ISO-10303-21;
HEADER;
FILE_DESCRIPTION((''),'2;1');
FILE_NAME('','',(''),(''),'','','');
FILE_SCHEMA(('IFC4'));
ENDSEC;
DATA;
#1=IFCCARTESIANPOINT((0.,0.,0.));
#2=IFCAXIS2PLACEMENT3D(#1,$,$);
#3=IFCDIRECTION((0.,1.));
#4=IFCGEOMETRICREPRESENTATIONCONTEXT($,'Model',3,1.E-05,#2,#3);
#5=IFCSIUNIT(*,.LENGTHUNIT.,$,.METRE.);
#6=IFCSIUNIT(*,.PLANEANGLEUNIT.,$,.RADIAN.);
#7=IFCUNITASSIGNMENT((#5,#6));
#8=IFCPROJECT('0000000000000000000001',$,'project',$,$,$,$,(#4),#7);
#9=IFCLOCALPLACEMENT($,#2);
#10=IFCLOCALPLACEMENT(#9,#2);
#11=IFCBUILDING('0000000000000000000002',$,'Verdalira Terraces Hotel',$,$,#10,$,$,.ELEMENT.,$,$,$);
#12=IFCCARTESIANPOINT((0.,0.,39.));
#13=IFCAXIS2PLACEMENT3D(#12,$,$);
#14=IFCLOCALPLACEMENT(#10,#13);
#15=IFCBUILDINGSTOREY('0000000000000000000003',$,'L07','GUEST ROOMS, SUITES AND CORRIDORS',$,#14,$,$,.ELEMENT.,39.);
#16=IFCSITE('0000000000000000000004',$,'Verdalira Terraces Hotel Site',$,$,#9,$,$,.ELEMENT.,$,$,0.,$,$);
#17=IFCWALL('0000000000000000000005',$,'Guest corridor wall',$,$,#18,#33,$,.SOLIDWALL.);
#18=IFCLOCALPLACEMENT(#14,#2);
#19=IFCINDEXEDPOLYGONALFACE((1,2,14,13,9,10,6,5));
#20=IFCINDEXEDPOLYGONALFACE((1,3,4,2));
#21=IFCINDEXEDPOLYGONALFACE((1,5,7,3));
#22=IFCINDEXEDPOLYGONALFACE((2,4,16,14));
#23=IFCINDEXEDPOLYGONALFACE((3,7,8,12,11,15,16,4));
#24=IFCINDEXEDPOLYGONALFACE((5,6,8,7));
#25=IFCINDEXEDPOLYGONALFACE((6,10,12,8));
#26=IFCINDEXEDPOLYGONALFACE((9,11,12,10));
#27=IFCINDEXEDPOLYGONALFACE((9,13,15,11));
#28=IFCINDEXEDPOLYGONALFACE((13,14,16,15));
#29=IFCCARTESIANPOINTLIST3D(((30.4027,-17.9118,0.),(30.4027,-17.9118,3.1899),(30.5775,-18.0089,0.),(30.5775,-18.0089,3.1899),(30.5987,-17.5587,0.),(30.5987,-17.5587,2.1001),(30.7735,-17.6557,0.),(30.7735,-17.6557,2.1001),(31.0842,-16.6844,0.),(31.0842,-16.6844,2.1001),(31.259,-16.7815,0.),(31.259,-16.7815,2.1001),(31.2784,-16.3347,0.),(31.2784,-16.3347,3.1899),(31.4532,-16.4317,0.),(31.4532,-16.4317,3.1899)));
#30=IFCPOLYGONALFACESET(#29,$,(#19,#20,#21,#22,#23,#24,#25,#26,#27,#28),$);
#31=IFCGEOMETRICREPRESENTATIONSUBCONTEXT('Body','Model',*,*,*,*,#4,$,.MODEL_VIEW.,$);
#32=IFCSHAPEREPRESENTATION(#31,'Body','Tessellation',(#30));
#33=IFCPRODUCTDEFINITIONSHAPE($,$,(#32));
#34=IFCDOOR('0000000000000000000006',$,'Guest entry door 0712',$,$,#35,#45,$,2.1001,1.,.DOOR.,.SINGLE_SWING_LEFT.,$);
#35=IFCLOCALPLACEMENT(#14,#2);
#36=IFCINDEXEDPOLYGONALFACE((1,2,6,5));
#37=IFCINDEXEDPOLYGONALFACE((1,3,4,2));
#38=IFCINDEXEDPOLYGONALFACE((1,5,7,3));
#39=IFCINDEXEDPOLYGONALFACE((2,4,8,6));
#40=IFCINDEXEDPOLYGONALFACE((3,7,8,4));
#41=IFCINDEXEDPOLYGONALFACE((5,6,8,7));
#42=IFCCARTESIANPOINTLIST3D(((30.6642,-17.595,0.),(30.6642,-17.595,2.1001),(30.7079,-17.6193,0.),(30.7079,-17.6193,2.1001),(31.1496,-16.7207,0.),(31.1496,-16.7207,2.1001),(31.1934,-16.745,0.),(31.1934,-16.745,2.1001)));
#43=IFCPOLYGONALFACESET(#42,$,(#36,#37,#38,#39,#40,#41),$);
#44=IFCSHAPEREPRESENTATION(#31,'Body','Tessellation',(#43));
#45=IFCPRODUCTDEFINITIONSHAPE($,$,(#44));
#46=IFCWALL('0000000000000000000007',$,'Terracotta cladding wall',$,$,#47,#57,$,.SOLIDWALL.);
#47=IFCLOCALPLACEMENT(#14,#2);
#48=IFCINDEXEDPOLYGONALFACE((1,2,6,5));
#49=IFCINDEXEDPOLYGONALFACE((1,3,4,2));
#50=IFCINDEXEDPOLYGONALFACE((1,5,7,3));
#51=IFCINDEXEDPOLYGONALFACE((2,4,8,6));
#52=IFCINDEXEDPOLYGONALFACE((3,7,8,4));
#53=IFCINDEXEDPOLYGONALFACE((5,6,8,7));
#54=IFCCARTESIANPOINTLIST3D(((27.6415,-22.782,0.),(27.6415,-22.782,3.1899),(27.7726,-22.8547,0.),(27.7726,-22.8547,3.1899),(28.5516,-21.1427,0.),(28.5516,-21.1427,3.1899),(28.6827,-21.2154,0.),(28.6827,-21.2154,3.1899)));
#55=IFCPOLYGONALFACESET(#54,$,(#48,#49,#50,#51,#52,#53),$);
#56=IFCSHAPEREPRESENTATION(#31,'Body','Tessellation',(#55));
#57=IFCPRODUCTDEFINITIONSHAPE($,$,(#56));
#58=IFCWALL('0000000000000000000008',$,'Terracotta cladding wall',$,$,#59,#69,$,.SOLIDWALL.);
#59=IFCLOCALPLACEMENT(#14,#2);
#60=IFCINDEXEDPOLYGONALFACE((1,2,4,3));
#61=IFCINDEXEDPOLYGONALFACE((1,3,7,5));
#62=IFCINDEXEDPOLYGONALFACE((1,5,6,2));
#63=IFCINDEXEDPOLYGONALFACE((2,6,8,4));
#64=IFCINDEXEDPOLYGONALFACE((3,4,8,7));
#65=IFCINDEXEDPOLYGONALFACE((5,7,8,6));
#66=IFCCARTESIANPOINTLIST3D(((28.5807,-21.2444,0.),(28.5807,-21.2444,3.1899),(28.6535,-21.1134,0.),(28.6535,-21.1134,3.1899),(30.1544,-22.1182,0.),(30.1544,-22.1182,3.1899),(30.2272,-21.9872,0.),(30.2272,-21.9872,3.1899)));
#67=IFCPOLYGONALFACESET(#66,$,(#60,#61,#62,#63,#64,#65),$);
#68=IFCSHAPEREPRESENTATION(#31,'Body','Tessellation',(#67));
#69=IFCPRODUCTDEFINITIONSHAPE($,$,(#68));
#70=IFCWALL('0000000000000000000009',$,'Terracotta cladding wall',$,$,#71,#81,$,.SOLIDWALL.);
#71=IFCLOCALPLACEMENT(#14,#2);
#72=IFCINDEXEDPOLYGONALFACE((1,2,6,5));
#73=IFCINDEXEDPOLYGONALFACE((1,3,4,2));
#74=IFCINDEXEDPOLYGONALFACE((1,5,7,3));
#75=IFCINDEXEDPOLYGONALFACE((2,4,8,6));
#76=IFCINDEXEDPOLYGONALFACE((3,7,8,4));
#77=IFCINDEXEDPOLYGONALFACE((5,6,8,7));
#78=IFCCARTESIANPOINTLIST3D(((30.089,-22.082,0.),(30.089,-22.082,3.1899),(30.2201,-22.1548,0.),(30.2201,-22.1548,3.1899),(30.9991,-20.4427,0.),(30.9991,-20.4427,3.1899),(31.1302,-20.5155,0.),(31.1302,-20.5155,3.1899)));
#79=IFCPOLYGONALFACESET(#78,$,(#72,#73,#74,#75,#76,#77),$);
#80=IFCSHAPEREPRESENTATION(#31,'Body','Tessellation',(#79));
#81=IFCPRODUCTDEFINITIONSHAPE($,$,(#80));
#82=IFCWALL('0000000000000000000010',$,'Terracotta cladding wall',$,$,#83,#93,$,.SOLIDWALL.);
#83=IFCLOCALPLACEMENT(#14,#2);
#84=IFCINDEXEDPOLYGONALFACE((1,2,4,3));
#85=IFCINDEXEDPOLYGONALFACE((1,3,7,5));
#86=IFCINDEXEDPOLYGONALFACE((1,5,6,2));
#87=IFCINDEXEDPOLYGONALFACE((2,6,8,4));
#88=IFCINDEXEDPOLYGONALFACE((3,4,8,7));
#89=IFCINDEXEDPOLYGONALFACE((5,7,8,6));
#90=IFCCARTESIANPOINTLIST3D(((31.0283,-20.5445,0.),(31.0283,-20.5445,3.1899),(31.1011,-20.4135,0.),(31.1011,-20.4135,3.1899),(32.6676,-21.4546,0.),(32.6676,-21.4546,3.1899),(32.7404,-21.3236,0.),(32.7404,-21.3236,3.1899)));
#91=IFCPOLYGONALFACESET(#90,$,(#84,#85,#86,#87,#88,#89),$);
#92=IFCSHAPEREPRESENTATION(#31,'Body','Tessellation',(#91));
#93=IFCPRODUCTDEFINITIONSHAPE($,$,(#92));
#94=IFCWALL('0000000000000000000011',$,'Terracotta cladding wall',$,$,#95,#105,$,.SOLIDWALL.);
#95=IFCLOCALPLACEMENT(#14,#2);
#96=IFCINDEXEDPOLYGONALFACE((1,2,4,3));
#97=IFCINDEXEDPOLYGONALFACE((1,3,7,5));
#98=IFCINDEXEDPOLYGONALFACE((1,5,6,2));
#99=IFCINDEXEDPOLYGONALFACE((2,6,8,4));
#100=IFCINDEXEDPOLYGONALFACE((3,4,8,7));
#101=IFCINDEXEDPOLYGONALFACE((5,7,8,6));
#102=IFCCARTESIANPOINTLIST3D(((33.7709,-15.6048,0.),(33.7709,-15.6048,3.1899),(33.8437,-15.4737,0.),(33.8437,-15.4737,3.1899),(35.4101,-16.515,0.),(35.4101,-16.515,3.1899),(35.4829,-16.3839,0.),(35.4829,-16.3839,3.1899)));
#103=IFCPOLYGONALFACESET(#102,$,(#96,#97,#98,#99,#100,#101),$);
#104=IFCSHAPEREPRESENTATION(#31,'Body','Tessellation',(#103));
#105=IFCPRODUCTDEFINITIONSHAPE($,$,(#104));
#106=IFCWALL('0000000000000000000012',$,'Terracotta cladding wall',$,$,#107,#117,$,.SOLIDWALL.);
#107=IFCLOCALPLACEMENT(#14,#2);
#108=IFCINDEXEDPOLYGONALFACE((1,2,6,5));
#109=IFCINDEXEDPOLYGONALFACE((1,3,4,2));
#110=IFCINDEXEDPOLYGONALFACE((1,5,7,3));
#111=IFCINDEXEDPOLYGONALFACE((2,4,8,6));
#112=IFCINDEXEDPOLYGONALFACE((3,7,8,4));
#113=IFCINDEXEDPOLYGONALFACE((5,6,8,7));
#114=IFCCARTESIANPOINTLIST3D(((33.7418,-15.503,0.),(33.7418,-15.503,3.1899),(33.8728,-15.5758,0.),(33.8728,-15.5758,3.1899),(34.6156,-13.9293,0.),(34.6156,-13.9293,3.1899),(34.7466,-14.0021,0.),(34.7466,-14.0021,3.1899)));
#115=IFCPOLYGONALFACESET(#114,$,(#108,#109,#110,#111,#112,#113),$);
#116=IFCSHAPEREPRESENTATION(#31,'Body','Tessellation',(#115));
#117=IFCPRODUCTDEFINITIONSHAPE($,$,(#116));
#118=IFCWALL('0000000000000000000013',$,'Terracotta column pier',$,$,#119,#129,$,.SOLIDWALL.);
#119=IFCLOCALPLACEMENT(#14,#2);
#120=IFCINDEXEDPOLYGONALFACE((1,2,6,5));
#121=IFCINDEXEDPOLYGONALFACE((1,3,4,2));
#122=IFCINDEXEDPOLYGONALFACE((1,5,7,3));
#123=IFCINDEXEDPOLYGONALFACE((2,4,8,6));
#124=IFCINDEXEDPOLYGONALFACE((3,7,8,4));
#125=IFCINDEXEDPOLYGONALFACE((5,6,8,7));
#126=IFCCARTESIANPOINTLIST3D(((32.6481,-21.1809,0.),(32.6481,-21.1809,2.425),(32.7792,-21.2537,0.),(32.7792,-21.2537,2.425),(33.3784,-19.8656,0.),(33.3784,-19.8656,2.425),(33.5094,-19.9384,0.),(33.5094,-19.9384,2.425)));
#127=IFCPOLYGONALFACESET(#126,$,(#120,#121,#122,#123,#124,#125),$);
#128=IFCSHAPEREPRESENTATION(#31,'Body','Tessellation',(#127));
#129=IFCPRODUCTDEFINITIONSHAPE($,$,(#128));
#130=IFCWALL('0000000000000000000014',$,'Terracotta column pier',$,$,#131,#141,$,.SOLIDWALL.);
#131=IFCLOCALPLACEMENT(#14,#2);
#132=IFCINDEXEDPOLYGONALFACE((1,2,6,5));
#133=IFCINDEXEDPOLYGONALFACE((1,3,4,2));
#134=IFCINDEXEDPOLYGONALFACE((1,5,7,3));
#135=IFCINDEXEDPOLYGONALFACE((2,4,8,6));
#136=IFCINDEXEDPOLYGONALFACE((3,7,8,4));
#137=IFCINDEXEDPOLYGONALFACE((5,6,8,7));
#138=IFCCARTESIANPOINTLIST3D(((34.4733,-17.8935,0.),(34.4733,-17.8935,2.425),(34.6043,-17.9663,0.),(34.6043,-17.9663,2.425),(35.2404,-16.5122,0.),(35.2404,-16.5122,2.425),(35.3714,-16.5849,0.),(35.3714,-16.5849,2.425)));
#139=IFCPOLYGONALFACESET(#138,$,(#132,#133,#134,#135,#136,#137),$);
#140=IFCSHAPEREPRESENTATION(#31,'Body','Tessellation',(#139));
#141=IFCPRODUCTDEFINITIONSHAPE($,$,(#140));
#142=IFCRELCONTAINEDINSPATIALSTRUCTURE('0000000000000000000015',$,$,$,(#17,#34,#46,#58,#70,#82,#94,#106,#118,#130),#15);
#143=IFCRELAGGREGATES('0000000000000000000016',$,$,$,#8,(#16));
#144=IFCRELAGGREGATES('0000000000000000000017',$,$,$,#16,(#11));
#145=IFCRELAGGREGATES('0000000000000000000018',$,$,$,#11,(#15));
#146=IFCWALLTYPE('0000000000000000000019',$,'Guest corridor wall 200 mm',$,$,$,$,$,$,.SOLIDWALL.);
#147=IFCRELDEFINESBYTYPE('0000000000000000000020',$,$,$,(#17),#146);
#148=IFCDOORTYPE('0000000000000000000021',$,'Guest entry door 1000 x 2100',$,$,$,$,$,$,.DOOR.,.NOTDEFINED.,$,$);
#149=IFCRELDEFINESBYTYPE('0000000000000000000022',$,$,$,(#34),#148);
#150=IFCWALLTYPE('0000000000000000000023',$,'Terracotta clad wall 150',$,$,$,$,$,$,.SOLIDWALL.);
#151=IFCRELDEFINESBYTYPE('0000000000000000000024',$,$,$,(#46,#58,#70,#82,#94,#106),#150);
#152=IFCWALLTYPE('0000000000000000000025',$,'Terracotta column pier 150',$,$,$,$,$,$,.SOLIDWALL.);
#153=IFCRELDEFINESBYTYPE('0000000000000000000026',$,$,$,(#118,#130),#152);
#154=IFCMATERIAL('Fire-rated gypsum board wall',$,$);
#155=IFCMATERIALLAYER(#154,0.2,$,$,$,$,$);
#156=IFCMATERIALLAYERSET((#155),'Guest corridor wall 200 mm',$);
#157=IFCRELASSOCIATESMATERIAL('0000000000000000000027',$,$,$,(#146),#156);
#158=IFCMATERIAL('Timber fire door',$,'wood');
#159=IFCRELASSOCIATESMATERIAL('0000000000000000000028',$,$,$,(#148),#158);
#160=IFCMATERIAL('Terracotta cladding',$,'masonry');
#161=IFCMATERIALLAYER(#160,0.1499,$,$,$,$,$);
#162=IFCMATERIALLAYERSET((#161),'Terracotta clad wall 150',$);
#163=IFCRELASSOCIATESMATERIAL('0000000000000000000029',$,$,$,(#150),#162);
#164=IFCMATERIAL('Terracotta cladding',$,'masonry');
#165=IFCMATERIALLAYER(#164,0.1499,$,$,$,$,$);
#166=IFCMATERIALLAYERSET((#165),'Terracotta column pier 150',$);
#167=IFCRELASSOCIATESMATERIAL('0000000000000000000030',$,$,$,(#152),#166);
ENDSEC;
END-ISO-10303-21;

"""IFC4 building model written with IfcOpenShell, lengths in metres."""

from ifc_helpers import new_model, si_unit, direction, frame, frame_2d, origin, place, context, subcontext, project, spatial, rectangle, extrude, material, layer, layer_set, type_object, element, fill, save


model = new_model("IFC4")

# Units and contexts
model_context = context("Model", 3, precision=1e-05, world=origin(), true_north=direction((0.0, 1.0)))
body_context = subcontext(model_context, "Body", "Model", "MODEL_VIEW")
ifc_project = project(units=[si_unit("LENGTHUNIT", "METRE"), si_unit("PLANEANGLEUNIT", "RADIAN")], contexts=[model_context])

# Site, building, storey
site_placement = place(None, origin())
site = spatial("IfcSite", under=ifc_project, at=site_placement, Name="Verdalira Terraces Hotel Site", CompositionType="ELEMENT", RefElevation=0.0)
building_placement = place(site_placement, origin())
building = spatial("IfcBuilding", under=site, at=building_placement, Name="Verdalira Terraces Hotel", CompositionType="ELEMENT")
storey_placement = place(building_placement, frame((0.0, 0.0, 39.0)))
storey = spatial("IfcBuildingStorey", under=building, at=storey_placement, Name="L07", Description="GUEST ROOMS, SUITES AND CORRIDORS", CompositionType="ELEMENT", Elevation=39.0)

# Wall, opening, door
ifc_material_1 = material(Name="Fire-rated gypsum board wall")
ifc_layer_1 = layer(ifc_material_1, 0.2)
ifc_layer_set_1 = layer_set([ifc_layer_1], Name="Guest corridor wall 200 mm")
wall_type_1 = type_object("IfcWallType", Name="Guest corridor wall 200 mm", PredefinedType="SOLIDWALL", material=ifc_layer_set_1)
ifc_material_2 = material(Name="Timber fire door", Category="wood")
door_type_1 = type_object("IfcDoorType", Name="Guest entry door 1000 x 2100", OperationType="NOTDEFINED", PredefinedType="DOOR", material=ifc_material_2)
wall_1_placement = place(storey_placement, frame((31.3657, -16.3833, 0.0), z_axis=(0.0, 0.0, 1.0), x_axis=(-0.485448, -0.874266, 0.0)))
wall_1 = element("IfcWall", 1, at=wall_1_placement, inside=storey, type_object=wall_type_1, Name="Guest corridor wall", PredefinedType="SOLIDWALL", context=body_context, shape_type="SweptSolid", body=[
    extrude(rectangle(XDim=1.804, YDim=0.2, at=frame_2d((0.9019, 0.0))), origin(), (0.0, 0.0, 1.0), 3.1899),
])
opening_1_placement = place(wall_1_placement, frame((0.3999, 0.0, 0.0)))
opening_1 = element("IfcOpeningElement", 2, at=opening_1_placement, cuts=wall_1, PredefinedType="OPENING", context=body_context, shape_type="SweptSolid", body=[
    extrude(rectangle(XDim=1.0, YDim=2.1001, at=frame_2d((0.5, 1.05))), frame((0.0, 0.1099, 0.0), z_axis=(0.0, -1.0, 0.0), x_axis=(1.0, 0.0, 0.0)), (0.0, 0.0, 1.0), 0.22),
])
door_1_placement = place(opening_1_placement, origin())
door_1 = element("IfcDoor", 3, at=door_1_placement, inside=storey, type_object=door_type_1, Name="Guest entry door 0712", OperationType="SINGLE_SWING_LEFT", OverallHeight=2.1001, OverallWidth=1.0, PredefinedType="DOOR", context=body_context, shape_type="SweptSolid", body=[
    extrude(rectangle(XDim=1.0, YDim=2.1001, at=frame_2d((0.5, 1.05))), frame((0.0, 0.0249, 0.0), z_axis=(0.0, -1.0, 0.0), x_axis=(1.0, 0.0, 0.0)), (0.0, 0.0, 1.0), 0.05),
])
fill(opening_1, door_1)

# Walls
ifc_material_3 = material(Name="Terracotta cladding", Category="masonry")
ifc_layer_2 = layer(ifc_material_3, 0.1499)
ifc_layer_set_2 = layer_set([ifc_layer_2], Name="Terracotta clad wall 150")
wall_type_2 = type_object("IfcWallType", Name="Terracotta clad wall 150", PredefinedType="SOLIDWALL", material=ifc_layer_set_2)
wall_2_placement = place(storey_placement, frame((27.707, -22.8184, 0.0), z_axis=(0.0, 0.0, 1.0), x_axis=(0.485389, 0.874298, 0.0)))
element("IfcWall", 4, at=wall_2_placement, inside=storey, type_object=wall_type_2, Name="Terracotta cladding wall", PredefinedType="SOLIDWALL", context=body_context, shape_type="SweptSolid", body=[
    extrude(rectangle(XDim=1.875, YDim=0.1499, at=frame_2d((0.9375, 0.0))), origin(), (0.0, 0.0, 1.0), 3.1899),
])
wall_3_placement = place(storey_placement, frame((28.6172, -21.179, 0.0), z_axis=(0.0, 0.0, 1.0), x_axis=(0.874279, -0.485424, 0.0)))
element("IfcWall", 5, at=wall_3_placement, inside=storey, type_object=wall_type_2, Name="Terracotta cladding wall", PredefinedType="SOLIDWALL", context=body_context, shape_type="SweptSolid", body=[
    extrude(rectangle(XDim=1.8, YDim=0.1499, at=frame_2d((0.8999, 0.0))), origin(), (0.0, 0.0, 1.0), 3.1899),
])
for number, where, z_axis, x_axis, name in (
    (6, (30.1545, -22.1184, 0.0), (0.0, 0.0, 1.0), (0.485389, 0.874298, 0.0), "Terracotta cladding wall"),
    (7, (31.0647, -20.479, 0.0), (0.0, 0.0, 1.0), (0.874298, -0.485389, 0.0), "Terracotta cladding wall"),
    (8, (35.4465, -16.4495, 0.0), (0.0, 0.0, 1.0), (-0.874268, 0.485444, 0.0), "Terracotta cladding wall"),
):
    element("IfcWall", number, at=place(storey_placement, frame(where, z_axis=z_axis, x_axis=x_axis)), inside=storey, type_object=wall_type_2, Name=name, PredefinedType="SOLIDWALL", context=body_context, shape_type="SweptSolid", body=[
        extrude(rectangle(XDim=1.875, YDim=0.1499, at=frame_2d((0.9375, 0.0))), origin(), (0.0, 0.0, 1.0), 3.1899),
    ])
wall_4_placement = place(storey_placement, frame((33.8074, -15.5393, 0.0), z_axis=(0.0, 0.0, 1.0), x_axis=(0.485424, 0.874279, 0.0)))
element("IfcWall", 9, at=wall_4_placement, inside=storey, type_object=wall_type_2, Name="Terracotta cladding wall", PredefinedType="SOLIDWALL", context=body_context, shape_type="SweptSolid", body=[
    extrude(rectangle(XDim=1.8, YDim=0.1499, at=frame_2d((0.8999, 0.0))), origin(), (0.0, 0.0, 1.0), 3.1899),
])
ifc_material_4 = material(Name="Terracotta cladding", Category="masonry")
ifc_layer_3 = layer(ifc_material_4, 0.1499)
ifc_layer_set_3 = layer_set([ifc_layer_3], Name="Terracotta column pier 150")
wall_type_3 = type_object("IfcWallType", Name="Terracotta column pier 150", PredefinedType="SOLIDWALL", material=ifc_layer_set_3)
wall_5_placement = place(storey_placement, frame((32.7136, -21.2173, 0.0), z_axis=(0.0, 0.0, 1.0), x_axis=(0.485422, 0.87428, 0.0)))
element("IfcWall", 10, at=wall_5_placement, inside=storey, type_object=wall_type_3, Name="Terracotta column pier", PredefinedType="SOLIDWALL", context=body_context, shape_type="SweptSolid", body=[
    extrude(rectangle(XDim=1.5044, YDim=0.1499, at=frame_2d((0.7522, 0.0))), origin(), (0.0, 0.0, 1.0), 2.425),
])
wall_6_placement = place(storey_placement, frame((34.5388, -17.9299, 0.0), z_axis=(0.0, 0.0, 1.0), x_axis=(0.485485, 0.874245, 0.0)))
element("IfcWall", 11, at=wall_6_placement, inside=storey, type_object=wall_type_3, Name="Terracotta column pier", PredefinedType="SOLIDWALL", context=body_context, shape_type="SweptSolid", body=[
    extrude(rectangle(XDim=1.5801, YDim=0.1499, at=frame_2d((0.79, 0.0))), origin(), (0.0, 0.0, 1.0), 2.425),
])

save(model, "model.ifc")
